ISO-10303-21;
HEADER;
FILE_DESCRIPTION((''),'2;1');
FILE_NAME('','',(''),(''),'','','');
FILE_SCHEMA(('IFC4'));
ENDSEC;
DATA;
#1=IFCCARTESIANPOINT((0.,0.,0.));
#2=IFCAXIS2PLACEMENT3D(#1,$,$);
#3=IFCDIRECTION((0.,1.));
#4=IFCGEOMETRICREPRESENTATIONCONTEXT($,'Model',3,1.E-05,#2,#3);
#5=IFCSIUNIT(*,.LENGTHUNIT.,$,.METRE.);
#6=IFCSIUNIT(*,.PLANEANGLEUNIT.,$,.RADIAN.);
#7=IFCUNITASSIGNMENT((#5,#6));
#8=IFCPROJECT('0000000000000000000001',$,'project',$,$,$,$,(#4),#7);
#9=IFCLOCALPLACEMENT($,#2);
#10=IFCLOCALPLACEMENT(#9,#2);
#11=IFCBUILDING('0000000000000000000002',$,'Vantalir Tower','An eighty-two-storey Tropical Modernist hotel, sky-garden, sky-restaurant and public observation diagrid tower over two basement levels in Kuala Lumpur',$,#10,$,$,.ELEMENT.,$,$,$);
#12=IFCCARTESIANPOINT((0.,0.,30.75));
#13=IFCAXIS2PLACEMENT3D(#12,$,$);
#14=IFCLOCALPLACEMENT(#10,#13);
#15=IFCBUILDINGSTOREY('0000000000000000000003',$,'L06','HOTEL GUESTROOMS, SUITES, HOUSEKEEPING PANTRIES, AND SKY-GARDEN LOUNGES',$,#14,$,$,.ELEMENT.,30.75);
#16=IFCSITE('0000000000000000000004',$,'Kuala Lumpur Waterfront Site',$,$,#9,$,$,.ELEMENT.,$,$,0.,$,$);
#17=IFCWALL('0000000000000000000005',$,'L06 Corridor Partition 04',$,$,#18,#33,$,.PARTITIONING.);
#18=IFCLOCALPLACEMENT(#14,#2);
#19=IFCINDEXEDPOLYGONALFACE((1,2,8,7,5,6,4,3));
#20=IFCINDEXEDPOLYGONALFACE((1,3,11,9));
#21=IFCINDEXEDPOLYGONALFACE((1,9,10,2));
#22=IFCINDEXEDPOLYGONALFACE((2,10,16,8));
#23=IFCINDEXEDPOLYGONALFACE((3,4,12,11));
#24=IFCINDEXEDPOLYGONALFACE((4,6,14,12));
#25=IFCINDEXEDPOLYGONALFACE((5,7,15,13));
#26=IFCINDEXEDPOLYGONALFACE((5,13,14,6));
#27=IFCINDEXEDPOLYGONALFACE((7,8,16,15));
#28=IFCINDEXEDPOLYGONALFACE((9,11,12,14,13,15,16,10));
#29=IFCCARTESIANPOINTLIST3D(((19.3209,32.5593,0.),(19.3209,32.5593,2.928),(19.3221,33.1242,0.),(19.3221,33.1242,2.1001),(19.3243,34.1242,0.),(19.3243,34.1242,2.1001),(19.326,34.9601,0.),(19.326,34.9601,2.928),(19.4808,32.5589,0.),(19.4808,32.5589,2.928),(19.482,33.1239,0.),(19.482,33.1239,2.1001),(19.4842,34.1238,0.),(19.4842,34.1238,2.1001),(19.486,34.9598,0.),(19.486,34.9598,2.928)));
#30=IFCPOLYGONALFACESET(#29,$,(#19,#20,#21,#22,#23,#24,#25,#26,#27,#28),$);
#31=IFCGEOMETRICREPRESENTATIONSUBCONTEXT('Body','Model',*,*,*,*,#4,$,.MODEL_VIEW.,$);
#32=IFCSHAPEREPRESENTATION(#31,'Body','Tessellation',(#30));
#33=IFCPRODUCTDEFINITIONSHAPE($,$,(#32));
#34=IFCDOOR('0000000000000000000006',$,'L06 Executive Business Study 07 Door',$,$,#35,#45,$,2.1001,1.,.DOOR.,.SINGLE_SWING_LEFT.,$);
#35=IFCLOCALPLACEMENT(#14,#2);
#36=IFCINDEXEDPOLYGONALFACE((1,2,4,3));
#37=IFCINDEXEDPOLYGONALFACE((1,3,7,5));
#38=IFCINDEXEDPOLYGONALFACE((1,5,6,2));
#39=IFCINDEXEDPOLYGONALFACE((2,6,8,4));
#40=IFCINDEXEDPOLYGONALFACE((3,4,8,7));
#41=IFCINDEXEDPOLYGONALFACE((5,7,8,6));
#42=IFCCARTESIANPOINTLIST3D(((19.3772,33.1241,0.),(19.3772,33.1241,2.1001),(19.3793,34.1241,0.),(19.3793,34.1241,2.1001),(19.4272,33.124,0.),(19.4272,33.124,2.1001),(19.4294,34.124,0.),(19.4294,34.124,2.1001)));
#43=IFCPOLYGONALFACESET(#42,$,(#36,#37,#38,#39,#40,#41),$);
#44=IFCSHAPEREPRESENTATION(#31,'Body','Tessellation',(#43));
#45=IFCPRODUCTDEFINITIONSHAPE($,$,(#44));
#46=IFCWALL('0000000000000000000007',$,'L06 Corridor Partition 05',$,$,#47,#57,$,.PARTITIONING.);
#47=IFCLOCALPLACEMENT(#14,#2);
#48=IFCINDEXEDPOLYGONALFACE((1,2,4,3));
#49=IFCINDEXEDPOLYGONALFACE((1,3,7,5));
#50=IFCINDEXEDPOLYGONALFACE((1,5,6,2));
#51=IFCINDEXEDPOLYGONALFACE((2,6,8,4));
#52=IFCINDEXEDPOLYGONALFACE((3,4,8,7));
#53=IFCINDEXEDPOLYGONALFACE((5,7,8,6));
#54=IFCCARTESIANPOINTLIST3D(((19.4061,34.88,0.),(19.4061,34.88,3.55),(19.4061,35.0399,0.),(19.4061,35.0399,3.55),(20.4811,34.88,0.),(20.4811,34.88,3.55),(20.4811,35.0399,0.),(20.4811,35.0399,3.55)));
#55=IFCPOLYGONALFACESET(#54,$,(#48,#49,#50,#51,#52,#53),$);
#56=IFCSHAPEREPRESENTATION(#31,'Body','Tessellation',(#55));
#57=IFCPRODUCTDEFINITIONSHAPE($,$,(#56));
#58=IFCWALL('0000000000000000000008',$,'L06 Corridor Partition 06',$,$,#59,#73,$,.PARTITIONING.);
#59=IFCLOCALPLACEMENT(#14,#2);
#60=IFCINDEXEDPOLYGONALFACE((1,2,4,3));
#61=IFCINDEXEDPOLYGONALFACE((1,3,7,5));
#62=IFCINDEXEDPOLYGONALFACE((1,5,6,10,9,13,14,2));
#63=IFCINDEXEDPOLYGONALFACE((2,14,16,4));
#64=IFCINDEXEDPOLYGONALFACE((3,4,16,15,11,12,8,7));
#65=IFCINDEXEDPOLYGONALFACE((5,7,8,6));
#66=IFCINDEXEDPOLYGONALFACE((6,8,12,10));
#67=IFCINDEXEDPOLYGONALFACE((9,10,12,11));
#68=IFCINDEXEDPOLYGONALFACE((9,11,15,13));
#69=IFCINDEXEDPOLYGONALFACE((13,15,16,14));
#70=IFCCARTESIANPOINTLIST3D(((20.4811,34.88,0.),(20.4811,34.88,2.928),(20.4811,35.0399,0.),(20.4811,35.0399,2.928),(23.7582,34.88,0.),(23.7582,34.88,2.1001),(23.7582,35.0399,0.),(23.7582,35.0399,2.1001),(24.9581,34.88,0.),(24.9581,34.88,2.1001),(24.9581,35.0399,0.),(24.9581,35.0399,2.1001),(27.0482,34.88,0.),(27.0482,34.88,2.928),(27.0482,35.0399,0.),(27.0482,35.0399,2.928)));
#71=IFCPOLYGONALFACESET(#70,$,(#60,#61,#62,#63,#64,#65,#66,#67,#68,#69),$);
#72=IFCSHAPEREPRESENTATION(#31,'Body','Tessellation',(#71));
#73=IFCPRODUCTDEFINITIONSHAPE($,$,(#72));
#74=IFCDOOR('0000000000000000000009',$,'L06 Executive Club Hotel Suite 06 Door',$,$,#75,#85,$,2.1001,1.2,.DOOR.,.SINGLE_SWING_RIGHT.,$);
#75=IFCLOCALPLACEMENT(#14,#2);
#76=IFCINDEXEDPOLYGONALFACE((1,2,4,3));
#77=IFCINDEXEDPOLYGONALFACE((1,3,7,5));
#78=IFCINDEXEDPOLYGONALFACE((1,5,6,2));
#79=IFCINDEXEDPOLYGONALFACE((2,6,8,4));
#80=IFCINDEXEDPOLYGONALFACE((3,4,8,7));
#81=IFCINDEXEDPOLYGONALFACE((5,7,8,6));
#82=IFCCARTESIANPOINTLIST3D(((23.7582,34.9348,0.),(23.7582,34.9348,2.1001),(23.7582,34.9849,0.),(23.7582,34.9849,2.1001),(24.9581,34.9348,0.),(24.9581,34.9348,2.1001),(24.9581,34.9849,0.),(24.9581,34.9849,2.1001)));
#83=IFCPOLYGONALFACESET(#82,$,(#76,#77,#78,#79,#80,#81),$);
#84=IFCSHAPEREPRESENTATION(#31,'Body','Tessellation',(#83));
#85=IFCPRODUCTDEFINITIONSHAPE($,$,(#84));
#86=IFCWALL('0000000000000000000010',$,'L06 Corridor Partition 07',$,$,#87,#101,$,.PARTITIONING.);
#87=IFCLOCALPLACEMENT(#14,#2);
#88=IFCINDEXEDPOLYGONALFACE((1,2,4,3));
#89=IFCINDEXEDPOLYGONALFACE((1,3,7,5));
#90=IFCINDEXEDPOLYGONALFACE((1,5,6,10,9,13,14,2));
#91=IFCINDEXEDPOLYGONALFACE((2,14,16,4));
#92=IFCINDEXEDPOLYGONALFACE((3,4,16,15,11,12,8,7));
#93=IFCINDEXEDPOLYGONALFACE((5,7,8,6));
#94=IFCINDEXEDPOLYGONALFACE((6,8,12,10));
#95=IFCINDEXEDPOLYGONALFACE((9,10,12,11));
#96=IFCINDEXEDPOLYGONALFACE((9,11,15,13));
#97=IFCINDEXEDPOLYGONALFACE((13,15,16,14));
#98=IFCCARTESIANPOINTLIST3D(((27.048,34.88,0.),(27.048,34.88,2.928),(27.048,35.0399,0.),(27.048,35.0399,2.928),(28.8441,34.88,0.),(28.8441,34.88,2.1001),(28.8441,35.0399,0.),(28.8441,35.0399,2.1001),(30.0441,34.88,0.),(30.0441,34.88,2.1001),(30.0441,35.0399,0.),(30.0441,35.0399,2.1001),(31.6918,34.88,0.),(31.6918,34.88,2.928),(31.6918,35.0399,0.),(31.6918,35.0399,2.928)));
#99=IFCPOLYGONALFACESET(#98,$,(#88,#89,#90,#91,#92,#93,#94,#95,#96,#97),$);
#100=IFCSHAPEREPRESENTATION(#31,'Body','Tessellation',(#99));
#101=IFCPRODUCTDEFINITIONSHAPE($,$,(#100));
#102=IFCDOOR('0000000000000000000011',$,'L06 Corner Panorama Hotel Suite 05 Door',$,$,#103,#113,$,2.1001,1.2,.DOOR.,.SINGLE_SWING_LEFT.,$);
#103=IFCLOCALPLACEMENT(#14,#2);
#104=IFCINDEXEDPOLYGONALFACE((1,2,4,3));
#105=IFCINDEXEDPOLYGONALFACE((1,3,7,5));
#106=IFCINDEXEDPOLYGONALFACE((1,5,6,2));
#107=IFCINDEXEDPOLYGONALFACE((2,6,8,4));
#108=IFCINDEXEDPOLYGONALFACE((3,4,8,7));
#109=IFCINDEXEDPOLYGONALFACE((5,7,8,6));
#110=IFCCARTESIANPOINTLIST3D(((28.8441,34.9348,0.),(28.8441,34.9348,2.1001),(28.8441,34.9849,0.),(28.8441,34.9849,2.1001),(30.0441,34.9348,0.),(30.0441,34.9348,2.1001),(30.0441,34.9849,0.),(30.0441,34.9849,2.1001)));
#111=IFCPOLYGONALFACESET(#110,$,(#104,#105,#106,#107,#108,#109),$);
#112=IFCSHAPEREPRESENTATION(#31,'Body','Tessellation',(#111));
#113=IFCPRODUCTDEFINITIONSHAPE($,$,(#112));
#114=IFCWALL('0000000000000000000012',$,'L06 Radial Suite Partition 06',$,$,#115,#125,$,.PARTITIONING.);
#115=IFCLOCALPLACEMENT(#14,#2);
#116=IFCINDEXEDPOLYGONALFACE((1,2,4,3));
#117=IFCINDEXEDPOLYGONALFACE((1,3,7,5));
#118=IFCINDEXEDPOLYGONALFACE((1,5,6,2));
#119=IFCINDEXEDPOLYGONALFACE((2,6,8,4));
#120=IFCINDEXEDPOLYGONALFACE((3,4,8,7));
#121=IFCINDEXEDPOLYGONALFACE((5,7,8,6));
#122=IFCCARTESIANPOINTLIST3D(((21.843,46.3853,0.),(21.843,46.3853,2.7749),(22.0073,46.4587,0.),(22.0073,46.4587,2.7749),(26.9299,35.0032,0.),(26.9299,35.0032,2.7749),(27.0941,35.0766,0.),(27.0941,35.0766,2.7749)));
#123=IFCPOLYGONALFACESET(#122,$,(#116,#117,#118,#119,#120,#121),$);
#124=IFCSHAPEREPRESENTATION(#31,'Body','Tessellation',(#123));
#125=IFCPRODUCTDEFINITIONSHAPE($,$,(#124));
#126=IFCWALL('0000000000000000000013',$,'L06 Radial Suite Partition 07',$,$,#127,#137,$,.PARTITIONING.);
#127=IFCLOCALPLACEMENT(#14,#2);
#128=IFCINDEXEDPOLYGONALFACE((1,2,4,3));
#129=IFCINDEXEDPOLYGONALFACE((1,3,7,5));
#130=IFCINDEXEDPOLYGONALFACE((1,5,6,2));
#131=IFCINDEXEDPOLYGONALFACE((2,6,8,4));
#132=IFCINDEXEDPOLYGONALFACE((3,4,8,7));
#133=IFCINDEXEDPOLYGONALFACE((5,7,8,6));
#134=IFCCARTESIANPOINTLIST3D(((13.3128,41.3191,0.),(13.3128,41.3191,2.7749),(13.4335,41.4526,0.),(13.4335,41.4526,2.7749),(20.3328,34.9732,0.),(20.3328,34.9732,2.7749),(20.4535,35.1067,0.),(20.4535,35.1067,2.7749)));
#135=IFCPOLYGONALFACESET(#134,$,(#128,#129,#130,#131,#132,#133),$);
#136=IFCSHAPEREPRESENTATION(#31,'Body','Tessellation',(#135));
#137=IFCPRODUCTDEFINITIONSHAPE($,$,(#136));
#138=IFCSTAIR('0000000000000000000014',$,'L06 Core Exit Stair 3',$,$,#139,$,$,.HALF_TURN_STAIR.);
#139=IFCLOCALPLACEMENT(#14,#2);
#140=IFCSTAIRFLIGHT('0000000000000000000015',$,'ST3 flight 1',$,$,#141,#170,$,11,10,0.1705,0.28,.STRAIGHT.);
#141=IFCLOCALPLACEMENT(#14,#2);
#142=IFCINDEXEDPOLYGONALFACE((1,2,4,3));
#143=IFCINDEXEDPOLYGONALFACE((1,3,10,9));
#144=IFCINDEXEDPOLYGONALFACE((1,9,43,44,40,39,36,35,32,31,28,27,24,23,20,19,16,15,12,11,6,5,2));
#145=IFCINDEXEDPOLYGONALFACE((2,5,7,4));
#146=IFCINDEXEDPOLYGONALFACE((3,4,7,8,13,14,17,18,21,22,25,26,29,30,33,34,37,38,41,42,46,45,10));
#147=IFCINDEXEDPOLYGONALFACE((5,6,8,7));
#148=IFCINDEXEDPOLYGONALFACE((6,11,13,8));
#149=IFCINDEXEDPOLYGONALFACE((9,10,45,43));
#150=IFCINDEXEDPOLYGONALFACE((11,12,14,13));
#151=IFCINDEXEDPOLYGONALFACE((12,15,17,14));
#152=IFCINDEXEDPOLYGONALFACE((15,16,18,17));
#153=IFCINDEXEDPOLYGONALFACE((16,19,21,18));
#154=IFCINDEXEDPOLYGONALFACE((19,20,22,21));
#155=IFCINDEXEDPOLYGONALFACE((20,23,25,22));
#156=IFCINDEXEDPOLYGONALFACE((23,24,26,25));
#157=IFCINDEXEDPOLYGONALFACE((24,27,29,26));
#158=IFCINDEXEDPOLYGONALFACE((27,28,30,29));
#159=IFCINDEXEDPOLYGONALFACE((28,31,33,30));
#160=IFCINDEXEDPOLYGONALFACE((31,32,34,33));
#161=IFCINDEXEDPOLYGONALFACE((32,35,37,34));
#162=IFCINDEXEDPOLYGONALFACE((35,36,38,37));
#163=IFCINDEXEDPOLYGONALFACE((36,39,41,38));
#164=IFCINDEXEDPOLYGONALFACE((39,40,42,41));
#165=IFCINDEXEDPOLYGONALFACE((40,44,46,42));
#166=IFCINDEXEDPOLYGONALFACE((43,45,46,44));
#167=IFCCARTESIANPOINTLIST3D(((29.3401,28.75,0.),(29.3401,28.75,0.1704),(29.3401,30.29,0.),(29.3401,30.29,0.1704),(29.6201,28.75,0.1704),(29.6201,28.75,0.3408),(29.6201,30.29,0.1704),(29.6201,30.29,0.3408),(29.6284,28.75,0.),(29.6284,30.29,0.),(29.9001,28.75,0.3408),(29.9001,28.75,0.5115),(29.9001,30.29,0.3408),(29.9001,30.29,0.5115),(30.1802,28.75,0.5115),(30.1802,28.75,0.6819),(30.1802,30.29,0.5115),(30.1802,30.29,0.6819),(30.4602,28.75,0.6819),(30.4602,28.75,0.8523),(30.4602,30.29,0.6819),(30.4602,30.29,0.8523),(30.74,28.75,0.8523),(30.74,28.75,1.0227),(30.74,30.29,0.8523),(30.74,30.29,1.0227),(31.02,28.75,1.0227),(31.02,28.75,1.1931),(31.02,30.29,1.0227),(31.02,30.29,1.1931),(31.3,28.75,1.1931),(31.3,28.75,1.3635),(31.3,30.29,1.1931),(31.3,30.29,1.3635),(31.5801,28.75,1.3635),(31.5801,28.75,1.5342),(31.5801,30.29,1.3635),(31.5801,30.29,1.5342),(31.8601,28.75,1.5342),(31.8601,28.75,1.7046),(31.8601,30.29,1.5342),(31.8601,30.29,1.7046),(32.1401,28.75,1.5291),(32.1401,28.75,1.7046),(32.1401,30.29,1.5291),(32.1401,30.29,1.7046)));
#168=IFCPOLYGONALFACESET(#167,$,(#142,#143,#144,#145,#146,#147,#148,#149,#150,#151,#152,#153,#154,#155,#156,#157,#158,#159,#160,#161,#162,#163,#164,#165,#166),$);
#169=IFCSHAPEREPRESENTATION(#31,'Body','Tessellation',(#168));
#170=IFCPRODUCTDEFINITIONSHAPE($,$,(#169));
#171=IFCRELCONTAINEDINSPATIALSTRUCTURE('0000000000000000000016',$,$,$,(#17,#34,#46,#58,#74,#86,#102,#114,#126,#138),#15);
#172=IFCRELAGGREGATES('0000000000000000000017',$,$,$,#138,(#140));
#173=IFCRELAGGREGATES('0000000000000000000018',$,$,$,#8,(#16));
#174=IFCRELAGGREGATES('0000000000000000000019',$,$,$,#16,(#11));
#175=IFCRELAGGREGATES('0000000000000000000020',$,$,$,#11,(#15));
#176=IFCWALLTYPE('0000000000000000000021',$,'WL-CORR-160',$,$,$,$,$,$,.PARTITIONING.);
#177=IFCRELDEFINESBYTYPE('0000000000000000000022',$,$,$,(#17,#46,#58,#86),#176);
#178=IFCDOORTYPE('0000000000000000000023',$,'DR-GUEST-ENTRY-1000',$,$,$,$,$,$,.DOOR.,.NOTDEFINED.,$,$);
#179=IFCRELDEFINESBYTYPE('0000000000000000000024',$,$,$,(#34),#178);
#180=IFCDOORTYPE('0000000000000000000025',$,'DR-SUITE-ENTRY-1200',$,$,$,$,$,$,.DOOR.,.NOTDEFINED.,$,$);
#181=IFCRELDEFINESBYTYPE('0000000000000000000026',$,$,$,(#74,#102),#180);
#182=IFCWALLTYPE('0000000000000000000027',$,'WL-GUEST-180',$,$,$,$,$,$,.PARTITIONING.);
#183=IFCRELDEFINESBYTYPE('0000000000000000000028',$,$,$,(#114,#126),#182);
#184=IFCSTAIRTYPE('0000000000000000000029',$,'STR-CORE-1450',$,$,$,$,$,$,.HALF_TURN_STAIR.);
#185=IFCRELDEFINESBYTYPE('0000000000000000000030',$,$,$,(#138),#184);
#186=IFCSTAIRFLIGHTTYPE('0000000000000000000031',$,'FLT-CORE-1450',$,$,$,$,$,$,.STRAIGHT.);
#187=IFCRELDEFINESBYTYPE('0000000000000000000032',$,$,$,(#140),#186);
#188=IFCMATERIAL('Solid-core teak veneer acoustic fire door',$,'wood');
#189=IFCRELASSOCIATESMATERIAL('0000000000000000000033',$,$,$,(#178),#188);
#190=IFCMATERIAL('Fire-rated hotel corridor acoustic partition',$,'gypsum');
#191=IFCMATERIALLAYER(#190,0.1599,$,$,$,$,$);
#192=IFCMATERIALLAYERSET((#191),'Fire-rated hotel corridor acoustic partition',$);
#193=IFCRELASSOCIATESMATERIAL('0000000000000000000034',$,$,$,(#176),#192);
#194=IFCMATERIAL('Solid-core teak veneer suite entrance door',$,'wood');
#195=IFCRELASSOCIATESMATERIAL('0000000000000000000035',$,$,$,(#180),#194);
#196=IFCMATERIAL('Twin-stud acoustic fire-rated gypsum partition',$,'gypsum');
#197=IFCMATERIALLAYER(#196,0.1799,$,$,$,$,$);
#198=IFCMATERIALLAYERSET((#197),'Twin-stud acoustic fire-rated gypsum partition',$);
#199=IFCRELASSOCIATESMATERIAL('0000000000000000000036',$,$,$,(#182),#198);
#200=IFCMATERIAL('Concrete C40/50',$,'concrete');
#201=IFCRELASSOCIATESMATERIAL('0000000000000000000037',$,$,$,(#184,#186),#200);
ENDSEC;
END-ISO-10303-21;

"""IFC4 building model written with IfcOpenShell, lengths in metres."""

from ifc_helpers import new_model, si_unit, direction, frame, frame_2d, origin, place, context, subcontext, project, spatial, polyline, rectangle, outline, extrude, material, layer, layer_set, type_object, element, fill, aggregate, save


model = new_model("IFC4")

# Units and contexts
model_context = context("Model", 3, precision=1e-05, world=origin(), true_north=direction((0.0, 1.0)))
body_context = subcontext(model_context, "Body", "Model", "MODEL_VIEW")
ifc_project = project(units=[si_unit("LENGTHUNIT", "METRE"), si_unit("PLANEANGLEUNIT", "RADIAN")], contexts=[model_context])

# Site, building, storey
site_placement = place(None, origin())
site = spatial("IfcSite", under=ifc_project, at=site_placement, Name="Kuala Lumpur Waterfront Site", CompositionType="ELEMENT", RefElevation=0.0)
building_placement = place(site_placement, origin())
building = spatial("IfcBuilding", under=site, at=building_placement, Name="Vantalir Tower", Description="An eighty-two-storey Tropical Modernist hotel, sky-garden, sky-restaurant and public observation diagrid tower over two basement levels in Kuala Lumpur", CompositionType="ELEMENT")
storey_placement = place(building_placement, frame((0.0, 0.0, 30.75)))
storey = spatial("IfcBuildingStorey", under=building, at=storey_placement, Name="L06", Description="HOTEL GUESTROOMS, SUITES, HOUSEKEEPING PANTRIES, AND SKY-GARDEN LOUNGES", CompositionType="ELEMENT", Elevation=30.75)

# Shared definitions
ifc_material_1 = material(Name="Solid-core teak veneer acoustic fire door", Category="wood")
door_type_1 = type_object("IfcDoorType", Name="DR-GUEST-ENTRY-1000", OperationType="NOTDEFINED", PredefinedType="DOOR", material=ifc_material_1)

# Wall, opening, door
ifc_material_2 = material(Name="Fire-rated hotel corridor acoustic partition", Category="gypsum")
ifc_layer_1 = layer(ifc_material_2, 0.1599)
ifc_layer_set_1 = layer_set([ifc_layer_1], Name="Fire-rated hotel corridor acoustic partition")
wall_type_1 = type_object("IfcWallType", Name="WL-CORR-160", PredefinedType="PARTITIONING", material=ifc_layer_set_1)
wall_1_placement = place(storey_placement, frame((19.4009, 32.5591, 0.0), z_axis=(0.0, 0.0, 1.0), x_axis=(0.002135, 0.999998, 0.0)))
wall_1 = element("IfcWall", 1, at=wall_1_placement, inside=storey, type_object=wall_type_1, Name="L06 Corridor Partition 04", PredefinedType="PARTITIONING", context=body_context, shape_type="SweptSolid", body=[
    extrude(rectangle(XDim=2.4009, YDim=0.1599, at=frame_2d((1.2004, 0.0))), origin(), (0.0, 0.0, 1.0), 2.928),
])
opening_1_placement = place(wall_1_placement, frame((0.5649, 0.0, 0.0)))
opening_1 = element("IfcOpeningElement", 2, at=opening_1_placement, cuts=wall_1, PredefinedType="OPENING", context=body_context, shape_type="SweptSolid", body=[
    extrude(rectangle(XDim=1.0, YDim=2.1001, at=frame_2d((0.5, 1.05))), frame((0.0, 0.0898, 0.0), z_axis=(0.0, -1.0, 0.0), x_axis=(1.0, 0.0, 0.0)), (0.0, 0.0, 1.0), 0.1799),
])
door_1_placement = place(opening_1_placement, origin())
door_1 = element("IfcDoor", 3, at=door_1_placement, inside=storey, type_object=door_type_1, Name="L06 Executive Business Study 07 Door", OperationType="SINGLE_SWING_LEFT", OverallHeight=2.1001, OverallWidth=1.0, PredefinedType="DOOR", context=body_context, shape_type="SweptSolid", body=[
    extrude(rectangle(XDim=1.0, YDim=2.1001, at=frame_2d((0.5, 1.05))), frame((0.0, 0.0249, 0.0), z_axis=(0.0, -1.0, 0.0), x_axis=(1.0, 0.0, 0.0)), (0.0, 0.0, 1.0), 0.05),
])
fill(opening_1, door_1)

# Wall
wall_2_placement = place(storey_placement, frame((19.406, 34.96, 0.0), z_axis=(0.0, 0.0, 1.0), x_axis=(1.0, 0.0, 0.0)))
element("IfcWall", 4, at=wall_2_placement, inside=storey, type_object=wall_type_1, Name="L06 Corridor Partition 05", PredefinedType="PARTITIONING", context=body_context, shape_type="SweptSolid", body=[
    extrude(rectangle(XDim=1.075, YDim=0.1599, at=frame_2d((0.5376, 0.0))), origin(), (0.0, 0.0, 1.0), 3.55),
])

# Walls, openings, doors
wall_3_placement = place(storey_placement, frame((20.481, 34.96, 0.0), z_axis=(0.0, 0.0, 1.0), x_axis=(1.0, 0.0, 0.0)))
wall_3 = element("IfcWall", 5, at=wall_3_placement, inside=storey, type_object=wall_type_1, Name="L06 Corridor Partition 06", PredefinedType="PARTITIONING", context=body_context, shape_type="SweptSolid", body=[
    extrude(rectangle(XDim=6.5671, YDim=0.1599, at=frame_2d((3.2837, 0.0))), origin(), (0.0, 0.0, 1.0), 2.928),
])
opening_2_placement = place(wall_3_placement, frame((3.2771, 0.0, 0.0)))
opening_2 = element("IfcOpeningElement", 6, at=opening_2_placement, cuts=wall_3, PredefinedType="OPENING", context=body_context, shape_type="SweptSolid", body=[
    extrude(rectangle(XDim=1.2, YDim=2.1001, at=frame_2d((0.6001, 1.05))), frame((0.0, 0.0898, 0.0), z_axis=(0.0, -1.0, 0.0), x_axis=(1.0, 0.0, 0.0)), (0.0, 0.0, 1.0), 0.1799),
])
ifc_material_3 = material(Name="Solid-core teak veneer suite entrance door", Category="wood")
door_type_2 = type_object("IfcDoorType", Name="DR-SUITE-ENTRY-1200", OperationType="NOTDEFINED", PredefinedType="DOOR", material=ifc_material_3)
door_2_placement = place(opening_2_placement, origin())
door_2 = element("IfcDoor", 7, at=door_2_placement, inside=storey, type_object=door_type_2, Name="L06 Executive Club Hotel Suite 06 Door", OperationType="SINGLE_SWING_RIGHT", OverallHeight=2.1001, OverallWidth=1.2, PredefinedType="DOOR", context=body_context, shape_type="SweptSolid", body=[
    extrude(rectangle(XDim=1.2, YDim=2.1001, at=frame_2d((0.6001, 1.05))), frame((0.0, 0.0249, 0.0), z_axis=(0.0, -1.0, 0.0), x_axis=(1.0, 0.0, 0.0)), (0.0, 0.0, 1.0), 0.05),
])
fill(opening_2, door_2)
wall_4_placement = place(storey_placement, frame((27.0481, 34.96, 0.0), z_axis=(0.0, 0.0, 1.0), x_axis=(1.0, 0.0, 0.0)))
wall_4 = element("IfcWall", 8, at=wall_4_placement, inside=storey, type_object=wall_type_1, Name="L06 Corridor Partition 07", PredefinedType="PARTITIONING", context=body_context, shape_type="SweptSolid", body=[
    extrude(rectangle(XDim=4.6438, YDim=0.1599, at=frame_2d((2.3218, 0.0))), origin(), (0.0, 0.0, 1.0), 2.928),
])
opening_3_placement = place(wall_4_placement, frame((1.7959, 0.0, 0.0)))
opening_3 = element("IfcOpeningElement", 9, at=opening_3_placement, cuts=wall_4, PredefinedType="OPENING", context=body_context, shape_type="SweptSolid", body=[
    extrude(rectangle(XDim=1.2, YDim=2.1001, at=frame_2d((0.6001, 1.05))), frame((0.0, 0.0898, 0.0), z_axis=(0.0, -1.0, 0.0), x_axis=(1.0, 0.0, 0.0)), (0.0, 0.0, 1.0), 0.1799),
])
door_3_placement = place(opening_3_placement, origin())
door_3 = element("IfcDoor", 10, at=door_3_placement, inside=storey, type_object=door_type_2, Name="L06 Corner Panorama Hotel Suite 05 Door", OperationType="SINGLE_SWING_LEFT", OverallHeight=2.1001, OverallWidth=1.2, PredefinedType="DOOR", context=body_context, shape_type="SweptSolid", body=[
    extrude(rectangle(XDim=1.2, YDim=2.1001, at=frame_2d((0.6001, 1.05))), frame((0.0, 0.0249, 0.0), z_axis=(0.0, -1.0, 0.0), x_axis=(1.0, 0.0, 0.0)), (0.0, 0.0, 1.0), 0.05),
])
fill(opening_3, door_3)

# Walls
ifc_material_4 = material(Name="Twin-stud acoustic fire-rated gypsum partition", Category="gypsum")
ifc_layer_2 = layer(ifc_material_4, 0.1799)
ifc_layer_set_2 = layer_set([ifc_layer_2], Name="Twin-stud acoustic fire-rated gypsum partition")
wall_type_2 = type_object("IfcWallType", Name="WL-GUEST-180", PredefinedType="PARTITIONING", material=ifc_layer_set_2)
wall_5_placement = place(storey_placement, frame((27.012, 35.04, 0.0), z_axis=(0.0, 0.0, 1.0), x_axis=(-0.408027, 0.91297, 0.0)))
element("IfcWall", 11, at=wall_5_placement, inside=storey, type_object=wall_type_2, Name="L06 Radial Suite Partition 06", PredefinedType="PARTITIONING", context=body_context, shape_type="SweptSolid", body=[
    extrude(rectangle(XDim=12.467, YDim=0.1799, at=frame_2d((6.2334, 0.0))), origin(), (0.0, 0.0, 1.0), 2.7749),
])
wall_6_placement = place(storey_placement, frame((20.3931, 35.04, 0.0), z_axis=(0.0, 0.0, 1.0), x_axis=(-0.741825, 0.670594, 0.0)))
element("IfcWall", 12, at=wall_6_placement, inside=storey, type_object=wall_type_2, Name="L06 Radial Suite Partition 07", PredefinedType="PARTITIONING", context=body_context, shape_type="SweptSolid", body=[
    extrude(rectangle(XDim=9.4631, YDim=0.1799, at=frame_2d((4.7314, 0.0))), origin(), (0.0, 0.0, 1.0), 2.7749),
])

# Stair, stair flight
ifc_material_5 = material(Name="Concrete C40/50", Category="concrete")
stair_type = type_object("IfcStairType", Name="STR-CORE-1450", PredefinedType="HALF_TURN_STAIR", material=ifc_material_5)
stair_placement = place(storey_placement, origin())
stair = element("IfcStair", 13, at=stair_placement, inside=storey, type_object=stair_type, Name="L06 Core Exit Stair 3", PredefinedType="HALF_TURN_STAIR")
stair_flight_type = type_object("IfcStairFlightType", Name="FLT-CORE-1450", PredefinedType="STRAIGHT", material=ifc_material_5)
stair_flight_placement = place(storey_placement, frame((29.3401, 29.52, 0.0), z_axis=(0.0, 0.0, 1.0), x_axis=(1.0, 0.0, 0.0)))
stair_flight = element("IfcStairFlight", 14, at=stair_flight_placement, type_object=stair_flight_type, Name="ST3 flight 1", NumberOfRisers=11, NumberOfTreads=10, PredefinedType="STRAIGHT", RiserHeight=0.1705, TreadLength=0.28, context=body_context, shape_type="SweptSolid", body=[
    extrude(outline(polyline([(0.0, 0.0), (0.0, 0.1704), (0.28, 0.1704), (0.28, 0.3408), (0.5601, 0.3408), (0.5601, 0.5115), (0.8401, 0.5115), (0.8401, 0.6819), (1.1201, 0.6819), (1.1201, 0.8523), (1.3999, 0.8523), (1.3999, 1.0227), (1.6799, 1.0227), (1.6799, 1.1931), (1.96, 1.1931), (1.96, 1.3635), (2.24, 1.3635), (2.24, 1.5342), (2.52, 1.5342), (2.52, 1.7046), (2.8, 1.7046), (2.8, 1.875), (2.8, 1.5291), (0.2883, 0.0), (0.0, 0.0)])), frame((0.0, 0.77, 0.0), z_axis=(0.0, -1.0, 0.0), x_axis=(1.0, 0.0, 0.0)), (0.0, 0.0, 1.0), 1.54),
])
aggregate(stair, [stair_flight])

save(model, "model.ifc")
